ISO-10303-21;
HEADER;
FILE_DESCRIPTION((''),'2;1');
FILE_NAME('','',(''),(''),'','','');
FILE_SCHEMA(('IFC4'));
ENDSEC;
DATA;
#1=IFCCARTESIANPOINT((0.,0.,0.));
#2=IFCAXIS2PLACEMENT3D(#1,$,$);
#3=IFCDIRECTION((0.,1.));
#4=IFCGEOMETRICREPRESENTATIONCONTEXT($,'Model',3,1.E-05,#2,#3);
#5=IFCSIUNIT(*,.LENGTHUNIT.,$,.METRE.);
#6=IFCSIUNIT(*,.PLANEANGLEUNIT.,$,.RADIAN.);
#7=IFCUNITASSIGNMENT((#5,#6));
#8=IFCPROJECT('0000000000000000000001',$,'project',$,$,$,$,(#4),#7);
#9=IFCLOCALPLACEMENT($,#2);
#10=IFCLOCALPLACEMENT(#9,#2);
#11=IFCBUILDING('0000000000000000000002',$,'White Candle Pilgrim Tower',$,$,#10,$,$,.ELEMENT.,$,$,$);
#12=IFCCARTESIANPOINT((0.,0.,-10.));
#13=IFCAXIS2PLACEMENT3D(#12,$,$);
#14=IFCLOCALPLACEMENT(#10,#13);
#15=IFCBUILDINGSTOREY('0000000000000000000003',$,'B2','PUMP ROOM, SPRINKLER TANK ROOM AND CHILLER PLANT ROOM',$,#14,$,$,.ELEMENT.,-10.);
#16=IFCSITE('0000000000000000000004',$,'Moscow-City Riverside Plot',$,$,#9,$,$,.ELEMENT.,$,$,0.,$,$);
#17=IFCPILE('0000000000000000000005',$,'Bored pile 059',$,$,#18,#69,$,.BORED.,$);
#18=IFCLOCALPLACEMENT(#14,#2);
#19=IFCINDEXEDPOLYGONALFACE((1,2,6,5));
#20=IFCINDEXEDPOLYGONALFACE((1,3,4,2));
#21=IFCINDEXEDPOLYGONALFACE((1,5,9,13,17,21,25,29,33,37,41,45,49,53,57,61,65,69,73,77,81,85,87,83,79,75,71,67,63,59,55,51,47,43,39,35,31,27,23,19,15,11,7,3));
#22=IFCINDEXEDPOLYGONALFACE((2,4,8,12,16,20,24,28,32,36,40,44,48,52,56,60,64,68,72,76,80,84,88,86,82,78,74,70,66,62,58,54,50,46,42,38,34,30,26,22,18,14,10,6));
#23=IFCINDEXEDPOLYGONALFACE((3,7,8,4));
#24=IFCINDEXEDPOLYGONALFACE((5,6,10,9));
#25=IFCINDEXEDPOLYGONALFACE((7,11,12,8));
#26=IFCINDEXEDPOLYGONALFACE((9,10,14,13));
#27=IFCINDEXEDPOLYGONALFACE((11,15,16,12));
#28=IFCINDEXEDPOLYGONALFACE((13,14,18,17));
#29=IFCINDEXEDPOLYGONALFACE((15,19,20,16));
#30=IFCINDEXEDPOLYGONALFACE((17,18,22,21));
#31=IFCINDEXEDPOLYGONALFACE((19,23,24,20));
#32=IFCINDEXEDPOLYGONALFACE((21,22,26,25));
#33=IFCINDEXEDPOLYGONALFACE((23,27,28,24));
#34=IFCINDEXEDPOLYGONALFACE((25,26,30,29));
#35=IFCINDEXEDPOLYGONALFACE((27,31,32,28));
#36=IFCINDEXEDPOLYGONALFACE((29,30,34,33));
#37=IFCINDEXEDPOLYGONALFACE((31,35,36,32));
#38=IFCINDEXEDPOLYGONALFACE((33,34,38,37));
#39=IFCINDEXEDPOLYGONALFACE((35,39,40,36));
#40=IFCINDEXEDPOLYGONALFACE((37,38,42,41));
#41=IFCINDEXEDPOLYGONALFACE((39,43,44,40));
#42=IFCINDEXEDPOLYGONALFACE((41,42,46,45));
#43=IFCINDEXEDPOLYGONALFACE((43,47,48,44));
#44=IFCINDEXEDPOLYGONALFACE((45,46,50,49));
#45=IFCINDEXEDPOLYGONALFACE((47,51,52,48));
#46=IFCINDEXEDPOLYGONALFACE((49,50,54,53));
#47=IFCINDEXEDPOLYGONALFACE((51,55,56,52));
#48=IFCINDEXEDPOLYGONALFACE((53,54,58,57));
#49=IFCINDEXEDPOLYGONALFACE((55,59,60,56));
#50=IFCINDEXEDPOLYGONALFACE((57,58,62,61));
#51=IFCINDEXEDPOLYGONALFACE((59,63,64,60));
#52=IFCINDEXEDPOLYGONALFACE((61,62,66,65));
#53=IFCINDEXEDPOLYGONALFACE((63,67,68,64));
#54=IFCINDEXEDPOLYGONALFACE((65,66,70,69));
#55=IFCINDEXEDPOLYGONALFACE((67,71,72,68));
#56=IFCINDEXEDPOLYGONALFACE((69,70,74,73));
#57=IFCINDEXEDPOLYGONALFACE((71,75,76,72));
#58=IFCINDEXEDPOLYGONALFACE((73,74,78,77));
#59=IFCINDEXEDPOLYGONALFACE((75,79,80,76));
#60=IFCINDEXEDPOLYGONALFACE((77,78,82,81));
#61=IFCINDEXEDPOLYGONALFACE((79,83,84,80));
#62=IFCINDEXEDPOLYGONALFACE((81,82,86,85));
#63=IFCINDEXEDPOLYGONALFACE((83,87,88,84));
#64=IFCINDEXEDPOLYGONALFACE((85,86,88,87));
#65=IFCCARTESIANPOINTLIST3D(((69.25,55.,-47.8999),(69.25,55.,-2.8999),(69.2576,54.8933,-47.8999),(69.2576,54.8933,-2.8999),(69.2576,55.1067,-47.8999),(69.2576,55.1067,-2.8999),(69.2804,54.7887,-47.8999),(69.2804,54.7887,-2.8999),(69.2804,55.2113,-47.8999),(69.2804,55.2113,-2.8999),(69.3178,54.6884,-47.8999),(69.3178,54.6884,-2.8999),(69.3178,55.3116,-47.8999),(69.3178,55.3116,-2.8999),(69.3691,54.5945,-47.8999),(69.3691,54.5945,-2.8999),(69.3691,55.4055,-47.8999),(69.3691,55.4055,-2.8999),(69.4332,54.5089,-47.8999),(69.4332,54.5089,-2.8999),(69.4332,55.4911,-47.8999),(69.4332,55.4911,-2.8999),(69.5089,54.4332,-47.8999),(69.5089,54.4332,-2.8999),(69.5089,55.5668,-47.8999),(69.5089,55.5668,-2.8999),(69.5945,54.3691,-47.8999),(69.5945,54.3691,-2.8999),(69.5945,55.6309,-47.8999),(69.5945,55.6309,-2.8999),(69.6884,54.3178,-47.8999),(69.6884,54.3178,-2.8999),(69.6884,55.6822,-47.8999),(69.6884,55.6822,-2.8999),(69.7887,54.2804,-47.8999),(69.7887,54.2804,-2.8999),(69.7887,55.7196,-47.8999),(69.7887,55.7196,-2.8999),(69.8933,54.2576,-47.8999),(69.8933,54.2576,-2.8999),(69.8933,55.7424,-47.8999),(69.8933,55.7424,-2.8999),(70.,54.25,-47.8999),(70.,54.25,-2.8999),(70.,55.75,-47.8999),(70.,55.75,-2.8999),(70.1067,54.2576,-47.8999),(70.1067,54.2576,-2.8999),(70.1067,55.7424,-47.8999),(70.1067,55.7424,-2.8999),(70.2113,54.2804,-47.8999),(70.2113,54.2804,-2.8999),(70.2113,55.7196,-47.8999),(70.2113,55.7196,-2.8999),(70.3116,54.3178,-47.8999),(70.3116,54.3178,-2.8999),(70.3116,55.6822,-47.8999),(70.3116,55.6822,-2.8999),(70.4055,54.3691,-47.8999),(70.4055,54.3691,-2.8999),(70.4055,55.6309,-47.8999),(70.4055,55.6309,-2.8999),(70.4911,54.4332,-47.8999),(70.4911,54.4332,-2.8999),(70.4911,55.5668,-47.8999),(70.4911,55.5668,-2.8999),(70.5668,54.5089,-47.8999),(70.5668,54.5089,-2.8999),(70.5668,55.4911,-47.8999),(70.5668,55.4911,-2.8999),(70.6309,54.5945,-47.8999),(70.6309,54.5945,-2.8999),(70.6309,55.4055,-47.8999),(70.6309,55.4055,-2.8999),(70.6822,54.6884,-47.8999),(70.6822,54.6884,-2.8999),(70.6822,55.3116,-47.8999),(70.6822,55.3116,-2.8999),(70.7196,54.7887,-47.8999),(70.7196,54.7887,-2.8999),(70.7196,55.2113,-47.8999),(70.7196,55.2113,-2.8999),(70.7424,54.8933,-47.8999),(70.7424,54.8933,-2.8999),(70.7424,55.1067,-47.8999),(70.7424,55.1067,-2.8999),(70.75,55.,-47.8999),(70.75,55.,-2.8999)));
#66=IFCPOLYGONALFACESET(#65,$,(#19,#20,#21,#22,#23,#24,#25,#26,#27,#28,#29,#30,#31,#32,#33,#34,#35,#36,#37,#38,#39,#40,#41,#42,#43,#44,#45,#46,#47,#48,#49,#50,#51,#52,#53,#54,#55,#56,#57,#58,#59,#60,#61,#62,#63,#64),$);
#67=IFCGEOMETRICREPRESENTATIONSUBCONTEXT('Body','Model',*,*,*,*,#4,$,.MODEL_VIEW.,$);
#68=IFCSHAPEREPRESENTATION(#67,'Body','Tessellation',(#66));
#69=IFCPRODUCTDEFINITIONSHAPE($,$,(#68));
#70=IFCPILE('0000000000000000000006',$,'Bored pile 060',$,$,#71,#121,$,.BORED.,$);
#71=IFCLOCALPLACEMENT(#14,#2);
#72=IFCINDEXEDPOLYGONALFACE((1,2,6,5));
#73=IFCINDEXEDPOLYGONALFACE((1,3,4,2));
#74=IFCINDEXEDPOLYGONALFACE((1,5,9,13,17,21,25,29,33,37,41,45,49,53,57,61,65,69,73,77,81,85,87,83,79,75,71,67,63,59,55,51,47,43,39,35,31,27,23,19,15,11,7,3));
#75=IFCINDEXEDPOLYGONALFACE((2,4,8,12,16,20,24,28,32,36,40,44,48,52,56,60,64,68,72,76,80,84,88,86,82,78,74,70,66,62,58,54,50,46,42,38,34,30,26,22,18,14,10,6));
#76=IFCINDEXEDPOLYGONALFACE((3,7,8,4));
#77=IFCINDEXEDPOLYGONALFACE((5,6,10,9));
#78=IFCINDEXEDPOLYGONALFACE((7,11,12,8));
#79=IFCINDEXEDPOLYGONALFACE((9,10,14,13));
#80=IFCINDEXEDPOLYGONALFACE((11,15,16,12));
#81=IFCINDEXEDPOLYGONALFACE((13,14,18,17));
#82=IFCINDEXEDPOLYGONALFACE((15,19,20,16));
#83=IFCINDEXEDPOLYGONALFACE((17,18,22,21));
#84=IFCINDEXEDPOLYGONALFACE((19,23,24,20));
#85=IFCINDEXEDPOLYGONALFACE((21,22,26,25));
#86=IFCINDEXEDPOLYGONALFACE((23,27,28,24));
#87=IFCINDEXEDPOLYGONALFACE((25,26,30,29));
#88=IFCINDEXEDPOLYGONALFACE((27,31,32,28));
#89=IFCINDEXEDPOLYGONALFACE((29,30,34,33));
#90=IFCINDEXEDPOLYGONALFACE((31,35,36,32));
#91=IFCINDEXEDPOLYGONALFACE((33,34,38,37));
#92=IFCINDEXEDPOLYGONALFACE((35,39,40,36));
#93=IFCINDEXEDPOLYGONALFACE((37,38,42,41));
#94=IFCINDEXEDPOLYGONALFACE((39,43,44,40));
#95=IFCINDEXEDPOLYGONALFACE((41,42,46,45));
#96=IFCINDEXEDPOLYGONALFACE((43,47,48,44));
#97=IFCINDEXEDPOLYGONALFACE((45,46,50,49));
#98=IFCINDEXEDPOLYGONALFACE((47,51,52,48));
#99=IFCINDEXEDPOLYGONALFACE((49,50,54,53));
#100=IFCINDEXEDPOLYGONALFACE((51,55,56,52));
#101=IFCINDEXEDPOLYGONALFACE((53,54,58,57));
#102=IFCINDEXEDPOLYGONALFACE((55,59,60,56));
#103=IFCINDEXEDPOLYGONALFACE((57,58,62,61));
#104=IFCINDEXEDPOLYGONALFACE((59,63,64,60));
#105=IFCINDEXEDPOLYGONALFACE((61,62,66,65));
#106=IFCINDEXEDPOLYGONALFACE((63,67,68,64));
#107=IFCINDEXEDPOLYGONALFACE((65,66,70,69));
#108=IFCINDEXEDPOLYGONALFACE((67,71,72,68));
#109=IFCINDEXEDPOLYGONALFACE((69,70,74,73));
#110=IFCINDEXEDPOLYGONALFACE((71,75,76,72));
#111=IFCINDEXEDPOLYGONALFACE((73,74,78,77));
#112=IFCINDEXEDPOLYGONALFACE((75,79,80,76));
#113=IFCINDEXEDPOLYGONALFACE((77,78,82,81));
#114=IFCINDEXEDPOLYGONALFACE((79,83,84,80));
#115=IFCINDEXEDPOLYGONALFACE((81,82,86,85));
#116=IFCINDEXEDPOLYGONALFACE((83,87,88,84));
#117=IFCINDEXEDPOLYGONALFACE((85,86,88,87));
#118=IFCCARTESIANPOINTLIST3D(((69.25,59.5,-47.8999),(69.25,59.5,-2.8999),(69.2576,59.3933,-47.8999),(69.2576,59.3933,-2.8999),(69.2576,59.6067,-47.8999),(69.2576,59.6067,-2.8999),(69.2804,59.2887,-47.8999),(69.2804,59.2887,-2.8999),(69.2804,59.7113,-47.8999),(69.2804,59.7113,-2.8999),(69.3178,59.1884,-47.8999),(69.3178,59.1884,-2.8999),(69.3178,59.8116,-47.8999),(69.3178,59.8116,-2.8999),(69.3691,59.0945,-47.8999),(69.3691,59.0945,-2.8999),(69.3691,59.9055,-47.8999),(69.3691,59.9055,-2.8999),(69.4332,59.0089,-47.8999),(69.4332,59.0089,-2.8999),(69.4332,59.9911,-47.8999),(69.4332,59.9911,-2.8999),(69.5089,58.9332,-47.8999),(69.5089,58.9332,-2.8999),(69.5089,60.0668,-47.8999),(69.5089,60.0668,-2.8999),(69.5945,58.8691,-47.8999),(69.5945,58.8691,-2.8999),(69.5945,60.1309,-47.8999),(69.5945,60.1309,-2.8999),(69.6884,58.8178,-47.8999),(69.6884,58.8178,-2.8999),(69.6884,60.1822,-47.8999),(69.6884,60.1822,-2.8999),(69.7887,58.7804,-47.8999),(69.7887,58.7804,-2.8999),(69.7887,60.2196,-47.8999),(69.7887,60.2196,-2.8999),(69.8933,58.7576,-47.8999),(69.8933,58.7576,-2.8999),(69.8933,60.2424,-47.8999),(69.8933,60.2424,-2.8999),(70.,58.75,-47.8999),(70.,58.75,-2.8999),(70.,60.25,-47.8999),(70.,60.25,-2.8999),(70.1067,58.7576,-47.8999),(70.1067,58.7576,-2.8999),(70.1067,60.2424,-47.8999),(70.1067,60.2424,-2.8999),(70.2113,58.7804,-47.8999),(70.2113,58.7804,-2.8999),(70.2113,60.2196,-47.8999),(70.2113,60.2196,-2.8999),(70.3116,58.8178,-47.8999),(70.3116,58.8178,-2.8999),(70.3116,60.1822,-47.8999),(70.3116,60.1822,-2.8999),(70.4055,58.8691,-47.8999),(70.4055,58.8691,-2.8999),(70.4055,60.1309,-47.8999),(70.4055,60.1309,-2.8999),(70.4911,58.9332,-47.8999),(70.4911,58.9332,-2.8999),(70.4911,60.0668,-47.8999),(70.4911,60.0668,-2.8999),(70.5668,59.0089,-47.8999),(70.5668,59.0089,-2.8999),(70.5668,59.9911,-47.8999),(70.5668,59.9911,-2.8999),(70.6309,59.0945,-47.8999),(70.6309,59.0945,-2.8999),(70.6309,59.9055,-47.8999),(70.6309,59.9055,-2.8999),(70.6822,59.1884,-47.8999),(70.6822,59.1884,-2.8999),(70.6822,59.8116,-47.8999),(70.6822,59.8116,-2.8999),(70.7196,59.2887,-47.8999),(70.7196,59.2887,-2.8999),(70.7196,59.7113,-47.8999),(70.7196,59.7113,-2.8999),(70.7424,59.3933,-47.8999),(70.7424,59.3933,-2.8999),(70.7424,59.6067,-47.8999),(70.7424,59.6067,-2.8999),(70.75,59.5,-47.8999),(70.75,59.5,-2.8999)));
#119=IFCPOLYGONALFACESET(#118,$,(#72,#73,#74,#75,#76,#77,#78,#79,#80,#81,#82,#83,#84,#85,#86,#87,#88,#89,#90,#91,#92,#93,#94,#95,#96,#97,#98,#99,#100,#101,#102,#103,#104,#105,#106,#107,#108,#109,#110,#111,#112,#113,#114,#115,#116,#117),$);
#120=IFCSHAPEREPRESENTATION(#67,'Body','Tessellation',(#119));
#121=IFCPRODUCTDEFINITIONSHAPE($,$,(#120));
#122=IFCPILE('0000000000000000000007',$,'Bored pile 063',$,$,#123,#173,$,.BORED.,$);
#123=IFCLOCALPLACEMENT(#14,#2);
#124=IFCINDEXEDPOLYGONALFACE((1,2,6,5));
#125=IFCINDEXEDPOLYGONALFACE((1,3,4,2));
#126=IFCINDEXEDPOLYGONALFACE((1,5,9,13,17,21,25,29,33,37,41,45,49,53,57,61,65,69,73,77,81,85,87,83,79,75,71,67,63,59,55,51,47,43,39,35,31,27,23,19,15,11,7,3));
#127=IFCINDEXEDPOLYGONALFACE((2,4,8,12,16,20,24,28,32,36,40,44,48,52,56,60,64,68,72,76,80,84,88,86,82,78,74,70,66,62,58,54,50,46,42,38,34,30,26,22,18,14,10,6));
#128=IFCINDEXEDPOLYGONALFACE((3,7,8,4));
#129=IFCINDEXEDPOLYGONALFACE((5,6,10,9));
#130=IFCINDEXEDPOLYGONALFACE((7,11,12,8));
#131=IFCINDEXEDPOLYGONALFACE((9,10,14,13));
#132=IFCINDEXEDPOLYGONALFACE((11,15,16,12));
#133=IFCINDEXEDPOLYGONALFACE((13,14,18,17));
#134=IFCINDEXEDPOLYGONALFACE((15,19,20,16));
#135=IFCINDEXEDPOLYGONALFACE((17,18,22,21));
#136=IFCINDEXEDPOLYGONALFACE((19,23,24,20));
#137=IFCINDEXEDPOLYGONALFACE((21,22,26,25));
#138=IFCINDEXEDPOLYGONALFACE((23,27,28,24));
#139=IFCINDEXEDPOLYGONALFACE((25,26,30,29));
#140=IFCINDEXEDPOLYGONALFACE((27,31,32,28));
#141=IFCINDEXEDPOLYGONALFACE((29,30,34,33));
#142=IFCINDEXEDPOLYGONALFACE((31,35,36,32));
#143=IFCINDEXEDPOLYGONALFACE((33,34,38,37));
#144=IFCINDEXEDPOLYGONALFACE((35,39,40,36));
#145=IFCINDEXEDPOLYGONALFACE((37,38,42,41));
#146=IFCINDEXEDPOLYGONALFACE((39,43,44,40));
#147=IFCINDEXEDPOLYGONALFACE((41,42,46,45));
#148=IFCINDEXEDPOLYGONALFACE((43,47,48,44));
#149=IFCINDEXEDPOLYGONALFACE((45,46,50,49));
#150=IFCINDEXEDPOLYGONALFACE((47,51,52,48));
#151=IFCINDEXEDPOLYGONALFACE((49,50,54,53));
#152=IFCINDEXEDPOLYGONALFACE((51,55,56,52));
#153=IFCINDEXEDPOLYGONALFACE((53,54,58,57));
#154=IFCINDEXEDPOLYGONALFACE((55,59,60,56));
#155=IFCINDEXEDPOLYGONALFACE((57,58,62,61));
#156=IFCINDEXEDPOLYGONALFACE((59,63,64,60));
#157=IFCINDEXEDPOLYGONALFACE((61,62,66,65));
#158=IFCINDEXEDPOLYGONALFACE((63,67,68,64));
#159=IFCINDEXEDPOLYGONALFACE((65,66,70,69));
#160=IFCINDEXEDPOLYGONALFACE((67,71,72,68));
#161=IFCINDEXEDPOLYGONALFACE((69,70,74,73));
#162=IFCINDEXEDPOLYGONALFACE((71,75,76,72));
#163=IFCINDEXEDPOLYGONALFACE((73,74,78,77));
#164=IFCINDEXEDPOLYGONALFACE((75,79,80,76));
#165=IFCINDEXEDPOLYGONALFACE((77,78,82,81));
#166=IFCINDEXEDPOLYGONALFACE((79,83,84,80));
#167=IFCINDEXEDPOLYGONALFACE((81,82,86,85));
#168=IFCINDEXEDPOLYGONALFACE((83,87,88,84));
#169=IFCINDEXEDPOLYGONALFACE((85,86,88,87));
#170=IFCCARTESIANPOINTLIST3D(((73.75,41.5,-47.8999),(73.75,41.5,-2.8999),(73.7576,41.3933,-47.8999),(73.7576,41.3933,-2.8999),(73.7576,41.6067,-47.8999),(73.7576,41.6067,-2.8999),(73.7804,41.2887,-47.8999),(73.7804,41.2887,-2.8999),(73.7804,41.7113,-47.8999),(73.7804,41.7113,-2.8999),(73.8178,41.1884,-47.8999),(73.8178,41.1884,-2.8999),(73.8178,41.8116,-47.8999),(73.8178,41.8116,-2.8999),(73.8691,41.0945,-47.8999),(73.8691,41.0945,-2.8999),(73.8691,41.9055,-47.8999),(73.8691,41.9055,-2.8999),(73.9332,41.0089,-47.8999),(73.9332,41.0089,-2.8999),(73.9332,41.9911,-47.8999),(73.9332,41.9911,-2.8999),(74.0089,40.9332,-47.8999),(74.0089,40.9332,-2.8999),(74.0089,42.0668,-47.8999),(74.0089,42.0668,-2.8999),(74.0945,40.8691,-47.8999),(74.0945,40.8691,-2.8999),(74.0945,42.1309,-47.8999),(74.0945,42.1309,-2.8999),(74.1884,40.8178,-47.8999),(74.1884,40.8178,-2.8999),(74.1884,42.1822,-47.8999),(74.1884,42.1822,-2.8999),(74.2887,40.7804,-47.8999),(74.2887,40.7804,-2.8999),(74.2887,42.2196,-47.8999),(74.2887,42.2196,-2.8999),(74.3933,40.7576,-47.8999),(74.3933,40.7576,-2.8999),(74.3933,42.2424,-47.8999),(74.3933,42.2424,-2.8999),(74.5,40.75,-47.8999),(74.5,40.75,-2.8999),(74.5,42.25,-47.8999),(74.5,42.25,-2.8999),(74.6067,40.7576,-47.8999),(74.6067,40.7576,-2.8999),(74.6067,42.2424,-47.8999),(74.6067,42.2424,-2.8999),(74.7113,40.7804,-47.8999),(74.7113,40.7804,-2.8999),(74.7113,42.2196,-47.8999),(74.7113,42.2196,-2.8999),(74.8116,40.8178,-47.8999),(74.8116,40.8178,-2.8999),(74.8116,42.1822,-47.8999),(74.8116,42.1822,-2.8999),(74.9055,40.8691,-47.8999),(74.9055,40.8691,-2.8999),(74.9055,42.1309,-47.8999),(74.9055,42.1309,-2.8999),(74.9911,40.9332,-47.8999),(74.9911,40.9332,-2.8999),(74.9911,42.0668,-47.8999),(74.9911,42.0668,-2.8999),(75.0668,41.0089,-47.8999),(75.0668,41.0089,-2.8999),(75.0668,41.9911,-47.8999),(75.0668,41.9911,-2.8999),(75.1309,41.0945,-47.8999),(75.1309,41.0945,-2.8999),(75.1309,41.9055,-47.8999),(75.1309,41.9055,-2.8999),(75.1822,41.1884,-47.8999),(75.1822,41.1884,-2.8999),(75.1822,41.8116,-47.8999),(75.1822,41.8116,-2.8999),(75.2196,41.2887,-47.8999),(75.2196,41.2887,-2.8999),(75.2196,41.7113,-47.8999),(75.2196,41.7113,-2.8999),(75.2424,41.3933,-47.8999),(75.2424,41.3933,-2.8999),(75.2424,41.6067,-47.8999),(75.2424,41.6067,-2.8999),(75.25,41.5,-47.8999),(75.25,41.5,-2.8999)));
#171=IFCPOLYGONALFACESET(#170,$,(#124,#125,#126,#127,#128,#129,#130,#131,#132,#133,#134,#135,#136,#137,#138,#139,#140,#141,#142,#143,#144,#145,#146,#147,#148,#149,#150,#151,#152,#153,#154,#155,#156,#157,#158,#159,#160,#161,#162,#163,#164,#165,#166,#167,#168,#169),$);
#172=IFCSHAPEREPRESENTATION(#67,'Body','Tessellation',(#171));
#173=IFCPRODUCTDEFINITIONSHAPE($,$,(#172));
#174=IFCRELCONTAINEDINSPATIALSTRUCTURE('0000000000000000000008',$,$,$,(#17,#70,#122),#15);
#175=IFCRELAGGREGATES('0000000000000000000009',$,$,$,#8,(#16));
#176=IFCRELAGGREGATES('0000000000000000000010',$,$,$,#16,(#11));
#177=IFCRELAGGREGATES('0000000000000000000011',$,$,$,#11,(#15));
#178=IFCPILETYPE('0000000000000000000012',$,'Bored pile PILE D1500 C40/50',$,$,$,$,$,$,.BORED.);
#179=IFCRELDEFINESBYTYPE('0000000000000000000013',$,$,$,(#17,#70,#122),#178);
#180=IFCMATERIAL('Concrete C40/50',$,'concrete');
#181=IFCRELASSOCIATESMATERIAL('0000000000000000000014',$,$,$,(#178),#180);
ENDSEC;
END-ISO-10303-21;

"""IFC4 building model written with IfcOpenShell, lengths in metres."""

from ifc_helpers import new_model, si_unit, direction, frame, origin, origin_2d, place, context, subcontext, project, spatial, circle, extrude, material, material_profile, profile_set, type_object, element, save


model = new_model("IFC4")

# Units and contexts
model_context = context("Model", 3, precision=1e-05, world=origin(), true_north=direction((0.0, 1.0)))
body_context = subcontext(model_context, "Body", "Model", "MODEL_VIEW")
ifc_project = project(units=[si_unit("LENGTHUNIT", "METRE"), si_unit("PLANEANGLEUNIT", "RADIAN")], contexts=[model_context])

# Site, building, storey
site_placement = place(None, origin())
site = spatial("IfcSite", under=ifc_project, at=site_placement, Name="Moscow-City Riverside Plot", CompositionType="ELEMENT", RefElevation=0.0)
building_placement = place(site_placement, origin())
building = spatial("IfcBuilding", under=site, at=building_placement, Name="White Candle Pilgrim Tower", CompositionType="ELEMENT")
storey_placement = place(building_placement, frame((0.0, 0.0, -10.0)))
storey = spatial("IfcBuildingStorey", under=building, at=storey_placement, Name="B2", Description="PUMP ROOM, SPRINKLER TANK ROOM AND CHILLER PLANT ROOM", CompositionType="ELEMENT", Elevation=-10.0)

# Piles
ifc_material_1 = material(Name="Concrete C40/50", Category="concrete")
ifc_material_profile_1 = material_profile(ifc_material_1, circle(Radius=0.75, at=origin_2d()), Name="PILE D1500")
ifc_profile_set_1 = profile_set([ifc_material_profile_1], Name="Concrete C40/50")
pile_type = type_object("IfcPileType", Name="Bored pile PILE D1500 C40/50", PredefinedType="BORED", material=ifc_profile_set_1)
for number, where, z_axis, x_axis, name in (
    (1, (70.0, 55.0, -2.8999), (0.0, 0.0, -1.0), (1.0, 0.0, 0.0), "Bored pile 059"),
    (2, (70.0, 59.5, -2.8999), (0.0, 0.0, -1.0), (1.0, 0.0, 0.0), "Bored pile 060"),
    (3, (74.5, 41.5, -2.8999), (0.0, 0.0, -1.0), (1.0, 0.0, 0.0), "Bored pile 063"),
):
    element("IfcPile", number, at=place(storey_placement, frame(where, z_axis=z_axis, x_axis=x_axis)), inside=storey, type_object=pile_type, Name=name, PredefinedType="BORED", context=body_context, shape_type="SweptSolid", body=[
        extrude(circle(Radius=0.75, at=origin_2d()), origin(), (0.0, 0.0, 1.0), 45.0),
    ])

save(model, "model.ifc")
